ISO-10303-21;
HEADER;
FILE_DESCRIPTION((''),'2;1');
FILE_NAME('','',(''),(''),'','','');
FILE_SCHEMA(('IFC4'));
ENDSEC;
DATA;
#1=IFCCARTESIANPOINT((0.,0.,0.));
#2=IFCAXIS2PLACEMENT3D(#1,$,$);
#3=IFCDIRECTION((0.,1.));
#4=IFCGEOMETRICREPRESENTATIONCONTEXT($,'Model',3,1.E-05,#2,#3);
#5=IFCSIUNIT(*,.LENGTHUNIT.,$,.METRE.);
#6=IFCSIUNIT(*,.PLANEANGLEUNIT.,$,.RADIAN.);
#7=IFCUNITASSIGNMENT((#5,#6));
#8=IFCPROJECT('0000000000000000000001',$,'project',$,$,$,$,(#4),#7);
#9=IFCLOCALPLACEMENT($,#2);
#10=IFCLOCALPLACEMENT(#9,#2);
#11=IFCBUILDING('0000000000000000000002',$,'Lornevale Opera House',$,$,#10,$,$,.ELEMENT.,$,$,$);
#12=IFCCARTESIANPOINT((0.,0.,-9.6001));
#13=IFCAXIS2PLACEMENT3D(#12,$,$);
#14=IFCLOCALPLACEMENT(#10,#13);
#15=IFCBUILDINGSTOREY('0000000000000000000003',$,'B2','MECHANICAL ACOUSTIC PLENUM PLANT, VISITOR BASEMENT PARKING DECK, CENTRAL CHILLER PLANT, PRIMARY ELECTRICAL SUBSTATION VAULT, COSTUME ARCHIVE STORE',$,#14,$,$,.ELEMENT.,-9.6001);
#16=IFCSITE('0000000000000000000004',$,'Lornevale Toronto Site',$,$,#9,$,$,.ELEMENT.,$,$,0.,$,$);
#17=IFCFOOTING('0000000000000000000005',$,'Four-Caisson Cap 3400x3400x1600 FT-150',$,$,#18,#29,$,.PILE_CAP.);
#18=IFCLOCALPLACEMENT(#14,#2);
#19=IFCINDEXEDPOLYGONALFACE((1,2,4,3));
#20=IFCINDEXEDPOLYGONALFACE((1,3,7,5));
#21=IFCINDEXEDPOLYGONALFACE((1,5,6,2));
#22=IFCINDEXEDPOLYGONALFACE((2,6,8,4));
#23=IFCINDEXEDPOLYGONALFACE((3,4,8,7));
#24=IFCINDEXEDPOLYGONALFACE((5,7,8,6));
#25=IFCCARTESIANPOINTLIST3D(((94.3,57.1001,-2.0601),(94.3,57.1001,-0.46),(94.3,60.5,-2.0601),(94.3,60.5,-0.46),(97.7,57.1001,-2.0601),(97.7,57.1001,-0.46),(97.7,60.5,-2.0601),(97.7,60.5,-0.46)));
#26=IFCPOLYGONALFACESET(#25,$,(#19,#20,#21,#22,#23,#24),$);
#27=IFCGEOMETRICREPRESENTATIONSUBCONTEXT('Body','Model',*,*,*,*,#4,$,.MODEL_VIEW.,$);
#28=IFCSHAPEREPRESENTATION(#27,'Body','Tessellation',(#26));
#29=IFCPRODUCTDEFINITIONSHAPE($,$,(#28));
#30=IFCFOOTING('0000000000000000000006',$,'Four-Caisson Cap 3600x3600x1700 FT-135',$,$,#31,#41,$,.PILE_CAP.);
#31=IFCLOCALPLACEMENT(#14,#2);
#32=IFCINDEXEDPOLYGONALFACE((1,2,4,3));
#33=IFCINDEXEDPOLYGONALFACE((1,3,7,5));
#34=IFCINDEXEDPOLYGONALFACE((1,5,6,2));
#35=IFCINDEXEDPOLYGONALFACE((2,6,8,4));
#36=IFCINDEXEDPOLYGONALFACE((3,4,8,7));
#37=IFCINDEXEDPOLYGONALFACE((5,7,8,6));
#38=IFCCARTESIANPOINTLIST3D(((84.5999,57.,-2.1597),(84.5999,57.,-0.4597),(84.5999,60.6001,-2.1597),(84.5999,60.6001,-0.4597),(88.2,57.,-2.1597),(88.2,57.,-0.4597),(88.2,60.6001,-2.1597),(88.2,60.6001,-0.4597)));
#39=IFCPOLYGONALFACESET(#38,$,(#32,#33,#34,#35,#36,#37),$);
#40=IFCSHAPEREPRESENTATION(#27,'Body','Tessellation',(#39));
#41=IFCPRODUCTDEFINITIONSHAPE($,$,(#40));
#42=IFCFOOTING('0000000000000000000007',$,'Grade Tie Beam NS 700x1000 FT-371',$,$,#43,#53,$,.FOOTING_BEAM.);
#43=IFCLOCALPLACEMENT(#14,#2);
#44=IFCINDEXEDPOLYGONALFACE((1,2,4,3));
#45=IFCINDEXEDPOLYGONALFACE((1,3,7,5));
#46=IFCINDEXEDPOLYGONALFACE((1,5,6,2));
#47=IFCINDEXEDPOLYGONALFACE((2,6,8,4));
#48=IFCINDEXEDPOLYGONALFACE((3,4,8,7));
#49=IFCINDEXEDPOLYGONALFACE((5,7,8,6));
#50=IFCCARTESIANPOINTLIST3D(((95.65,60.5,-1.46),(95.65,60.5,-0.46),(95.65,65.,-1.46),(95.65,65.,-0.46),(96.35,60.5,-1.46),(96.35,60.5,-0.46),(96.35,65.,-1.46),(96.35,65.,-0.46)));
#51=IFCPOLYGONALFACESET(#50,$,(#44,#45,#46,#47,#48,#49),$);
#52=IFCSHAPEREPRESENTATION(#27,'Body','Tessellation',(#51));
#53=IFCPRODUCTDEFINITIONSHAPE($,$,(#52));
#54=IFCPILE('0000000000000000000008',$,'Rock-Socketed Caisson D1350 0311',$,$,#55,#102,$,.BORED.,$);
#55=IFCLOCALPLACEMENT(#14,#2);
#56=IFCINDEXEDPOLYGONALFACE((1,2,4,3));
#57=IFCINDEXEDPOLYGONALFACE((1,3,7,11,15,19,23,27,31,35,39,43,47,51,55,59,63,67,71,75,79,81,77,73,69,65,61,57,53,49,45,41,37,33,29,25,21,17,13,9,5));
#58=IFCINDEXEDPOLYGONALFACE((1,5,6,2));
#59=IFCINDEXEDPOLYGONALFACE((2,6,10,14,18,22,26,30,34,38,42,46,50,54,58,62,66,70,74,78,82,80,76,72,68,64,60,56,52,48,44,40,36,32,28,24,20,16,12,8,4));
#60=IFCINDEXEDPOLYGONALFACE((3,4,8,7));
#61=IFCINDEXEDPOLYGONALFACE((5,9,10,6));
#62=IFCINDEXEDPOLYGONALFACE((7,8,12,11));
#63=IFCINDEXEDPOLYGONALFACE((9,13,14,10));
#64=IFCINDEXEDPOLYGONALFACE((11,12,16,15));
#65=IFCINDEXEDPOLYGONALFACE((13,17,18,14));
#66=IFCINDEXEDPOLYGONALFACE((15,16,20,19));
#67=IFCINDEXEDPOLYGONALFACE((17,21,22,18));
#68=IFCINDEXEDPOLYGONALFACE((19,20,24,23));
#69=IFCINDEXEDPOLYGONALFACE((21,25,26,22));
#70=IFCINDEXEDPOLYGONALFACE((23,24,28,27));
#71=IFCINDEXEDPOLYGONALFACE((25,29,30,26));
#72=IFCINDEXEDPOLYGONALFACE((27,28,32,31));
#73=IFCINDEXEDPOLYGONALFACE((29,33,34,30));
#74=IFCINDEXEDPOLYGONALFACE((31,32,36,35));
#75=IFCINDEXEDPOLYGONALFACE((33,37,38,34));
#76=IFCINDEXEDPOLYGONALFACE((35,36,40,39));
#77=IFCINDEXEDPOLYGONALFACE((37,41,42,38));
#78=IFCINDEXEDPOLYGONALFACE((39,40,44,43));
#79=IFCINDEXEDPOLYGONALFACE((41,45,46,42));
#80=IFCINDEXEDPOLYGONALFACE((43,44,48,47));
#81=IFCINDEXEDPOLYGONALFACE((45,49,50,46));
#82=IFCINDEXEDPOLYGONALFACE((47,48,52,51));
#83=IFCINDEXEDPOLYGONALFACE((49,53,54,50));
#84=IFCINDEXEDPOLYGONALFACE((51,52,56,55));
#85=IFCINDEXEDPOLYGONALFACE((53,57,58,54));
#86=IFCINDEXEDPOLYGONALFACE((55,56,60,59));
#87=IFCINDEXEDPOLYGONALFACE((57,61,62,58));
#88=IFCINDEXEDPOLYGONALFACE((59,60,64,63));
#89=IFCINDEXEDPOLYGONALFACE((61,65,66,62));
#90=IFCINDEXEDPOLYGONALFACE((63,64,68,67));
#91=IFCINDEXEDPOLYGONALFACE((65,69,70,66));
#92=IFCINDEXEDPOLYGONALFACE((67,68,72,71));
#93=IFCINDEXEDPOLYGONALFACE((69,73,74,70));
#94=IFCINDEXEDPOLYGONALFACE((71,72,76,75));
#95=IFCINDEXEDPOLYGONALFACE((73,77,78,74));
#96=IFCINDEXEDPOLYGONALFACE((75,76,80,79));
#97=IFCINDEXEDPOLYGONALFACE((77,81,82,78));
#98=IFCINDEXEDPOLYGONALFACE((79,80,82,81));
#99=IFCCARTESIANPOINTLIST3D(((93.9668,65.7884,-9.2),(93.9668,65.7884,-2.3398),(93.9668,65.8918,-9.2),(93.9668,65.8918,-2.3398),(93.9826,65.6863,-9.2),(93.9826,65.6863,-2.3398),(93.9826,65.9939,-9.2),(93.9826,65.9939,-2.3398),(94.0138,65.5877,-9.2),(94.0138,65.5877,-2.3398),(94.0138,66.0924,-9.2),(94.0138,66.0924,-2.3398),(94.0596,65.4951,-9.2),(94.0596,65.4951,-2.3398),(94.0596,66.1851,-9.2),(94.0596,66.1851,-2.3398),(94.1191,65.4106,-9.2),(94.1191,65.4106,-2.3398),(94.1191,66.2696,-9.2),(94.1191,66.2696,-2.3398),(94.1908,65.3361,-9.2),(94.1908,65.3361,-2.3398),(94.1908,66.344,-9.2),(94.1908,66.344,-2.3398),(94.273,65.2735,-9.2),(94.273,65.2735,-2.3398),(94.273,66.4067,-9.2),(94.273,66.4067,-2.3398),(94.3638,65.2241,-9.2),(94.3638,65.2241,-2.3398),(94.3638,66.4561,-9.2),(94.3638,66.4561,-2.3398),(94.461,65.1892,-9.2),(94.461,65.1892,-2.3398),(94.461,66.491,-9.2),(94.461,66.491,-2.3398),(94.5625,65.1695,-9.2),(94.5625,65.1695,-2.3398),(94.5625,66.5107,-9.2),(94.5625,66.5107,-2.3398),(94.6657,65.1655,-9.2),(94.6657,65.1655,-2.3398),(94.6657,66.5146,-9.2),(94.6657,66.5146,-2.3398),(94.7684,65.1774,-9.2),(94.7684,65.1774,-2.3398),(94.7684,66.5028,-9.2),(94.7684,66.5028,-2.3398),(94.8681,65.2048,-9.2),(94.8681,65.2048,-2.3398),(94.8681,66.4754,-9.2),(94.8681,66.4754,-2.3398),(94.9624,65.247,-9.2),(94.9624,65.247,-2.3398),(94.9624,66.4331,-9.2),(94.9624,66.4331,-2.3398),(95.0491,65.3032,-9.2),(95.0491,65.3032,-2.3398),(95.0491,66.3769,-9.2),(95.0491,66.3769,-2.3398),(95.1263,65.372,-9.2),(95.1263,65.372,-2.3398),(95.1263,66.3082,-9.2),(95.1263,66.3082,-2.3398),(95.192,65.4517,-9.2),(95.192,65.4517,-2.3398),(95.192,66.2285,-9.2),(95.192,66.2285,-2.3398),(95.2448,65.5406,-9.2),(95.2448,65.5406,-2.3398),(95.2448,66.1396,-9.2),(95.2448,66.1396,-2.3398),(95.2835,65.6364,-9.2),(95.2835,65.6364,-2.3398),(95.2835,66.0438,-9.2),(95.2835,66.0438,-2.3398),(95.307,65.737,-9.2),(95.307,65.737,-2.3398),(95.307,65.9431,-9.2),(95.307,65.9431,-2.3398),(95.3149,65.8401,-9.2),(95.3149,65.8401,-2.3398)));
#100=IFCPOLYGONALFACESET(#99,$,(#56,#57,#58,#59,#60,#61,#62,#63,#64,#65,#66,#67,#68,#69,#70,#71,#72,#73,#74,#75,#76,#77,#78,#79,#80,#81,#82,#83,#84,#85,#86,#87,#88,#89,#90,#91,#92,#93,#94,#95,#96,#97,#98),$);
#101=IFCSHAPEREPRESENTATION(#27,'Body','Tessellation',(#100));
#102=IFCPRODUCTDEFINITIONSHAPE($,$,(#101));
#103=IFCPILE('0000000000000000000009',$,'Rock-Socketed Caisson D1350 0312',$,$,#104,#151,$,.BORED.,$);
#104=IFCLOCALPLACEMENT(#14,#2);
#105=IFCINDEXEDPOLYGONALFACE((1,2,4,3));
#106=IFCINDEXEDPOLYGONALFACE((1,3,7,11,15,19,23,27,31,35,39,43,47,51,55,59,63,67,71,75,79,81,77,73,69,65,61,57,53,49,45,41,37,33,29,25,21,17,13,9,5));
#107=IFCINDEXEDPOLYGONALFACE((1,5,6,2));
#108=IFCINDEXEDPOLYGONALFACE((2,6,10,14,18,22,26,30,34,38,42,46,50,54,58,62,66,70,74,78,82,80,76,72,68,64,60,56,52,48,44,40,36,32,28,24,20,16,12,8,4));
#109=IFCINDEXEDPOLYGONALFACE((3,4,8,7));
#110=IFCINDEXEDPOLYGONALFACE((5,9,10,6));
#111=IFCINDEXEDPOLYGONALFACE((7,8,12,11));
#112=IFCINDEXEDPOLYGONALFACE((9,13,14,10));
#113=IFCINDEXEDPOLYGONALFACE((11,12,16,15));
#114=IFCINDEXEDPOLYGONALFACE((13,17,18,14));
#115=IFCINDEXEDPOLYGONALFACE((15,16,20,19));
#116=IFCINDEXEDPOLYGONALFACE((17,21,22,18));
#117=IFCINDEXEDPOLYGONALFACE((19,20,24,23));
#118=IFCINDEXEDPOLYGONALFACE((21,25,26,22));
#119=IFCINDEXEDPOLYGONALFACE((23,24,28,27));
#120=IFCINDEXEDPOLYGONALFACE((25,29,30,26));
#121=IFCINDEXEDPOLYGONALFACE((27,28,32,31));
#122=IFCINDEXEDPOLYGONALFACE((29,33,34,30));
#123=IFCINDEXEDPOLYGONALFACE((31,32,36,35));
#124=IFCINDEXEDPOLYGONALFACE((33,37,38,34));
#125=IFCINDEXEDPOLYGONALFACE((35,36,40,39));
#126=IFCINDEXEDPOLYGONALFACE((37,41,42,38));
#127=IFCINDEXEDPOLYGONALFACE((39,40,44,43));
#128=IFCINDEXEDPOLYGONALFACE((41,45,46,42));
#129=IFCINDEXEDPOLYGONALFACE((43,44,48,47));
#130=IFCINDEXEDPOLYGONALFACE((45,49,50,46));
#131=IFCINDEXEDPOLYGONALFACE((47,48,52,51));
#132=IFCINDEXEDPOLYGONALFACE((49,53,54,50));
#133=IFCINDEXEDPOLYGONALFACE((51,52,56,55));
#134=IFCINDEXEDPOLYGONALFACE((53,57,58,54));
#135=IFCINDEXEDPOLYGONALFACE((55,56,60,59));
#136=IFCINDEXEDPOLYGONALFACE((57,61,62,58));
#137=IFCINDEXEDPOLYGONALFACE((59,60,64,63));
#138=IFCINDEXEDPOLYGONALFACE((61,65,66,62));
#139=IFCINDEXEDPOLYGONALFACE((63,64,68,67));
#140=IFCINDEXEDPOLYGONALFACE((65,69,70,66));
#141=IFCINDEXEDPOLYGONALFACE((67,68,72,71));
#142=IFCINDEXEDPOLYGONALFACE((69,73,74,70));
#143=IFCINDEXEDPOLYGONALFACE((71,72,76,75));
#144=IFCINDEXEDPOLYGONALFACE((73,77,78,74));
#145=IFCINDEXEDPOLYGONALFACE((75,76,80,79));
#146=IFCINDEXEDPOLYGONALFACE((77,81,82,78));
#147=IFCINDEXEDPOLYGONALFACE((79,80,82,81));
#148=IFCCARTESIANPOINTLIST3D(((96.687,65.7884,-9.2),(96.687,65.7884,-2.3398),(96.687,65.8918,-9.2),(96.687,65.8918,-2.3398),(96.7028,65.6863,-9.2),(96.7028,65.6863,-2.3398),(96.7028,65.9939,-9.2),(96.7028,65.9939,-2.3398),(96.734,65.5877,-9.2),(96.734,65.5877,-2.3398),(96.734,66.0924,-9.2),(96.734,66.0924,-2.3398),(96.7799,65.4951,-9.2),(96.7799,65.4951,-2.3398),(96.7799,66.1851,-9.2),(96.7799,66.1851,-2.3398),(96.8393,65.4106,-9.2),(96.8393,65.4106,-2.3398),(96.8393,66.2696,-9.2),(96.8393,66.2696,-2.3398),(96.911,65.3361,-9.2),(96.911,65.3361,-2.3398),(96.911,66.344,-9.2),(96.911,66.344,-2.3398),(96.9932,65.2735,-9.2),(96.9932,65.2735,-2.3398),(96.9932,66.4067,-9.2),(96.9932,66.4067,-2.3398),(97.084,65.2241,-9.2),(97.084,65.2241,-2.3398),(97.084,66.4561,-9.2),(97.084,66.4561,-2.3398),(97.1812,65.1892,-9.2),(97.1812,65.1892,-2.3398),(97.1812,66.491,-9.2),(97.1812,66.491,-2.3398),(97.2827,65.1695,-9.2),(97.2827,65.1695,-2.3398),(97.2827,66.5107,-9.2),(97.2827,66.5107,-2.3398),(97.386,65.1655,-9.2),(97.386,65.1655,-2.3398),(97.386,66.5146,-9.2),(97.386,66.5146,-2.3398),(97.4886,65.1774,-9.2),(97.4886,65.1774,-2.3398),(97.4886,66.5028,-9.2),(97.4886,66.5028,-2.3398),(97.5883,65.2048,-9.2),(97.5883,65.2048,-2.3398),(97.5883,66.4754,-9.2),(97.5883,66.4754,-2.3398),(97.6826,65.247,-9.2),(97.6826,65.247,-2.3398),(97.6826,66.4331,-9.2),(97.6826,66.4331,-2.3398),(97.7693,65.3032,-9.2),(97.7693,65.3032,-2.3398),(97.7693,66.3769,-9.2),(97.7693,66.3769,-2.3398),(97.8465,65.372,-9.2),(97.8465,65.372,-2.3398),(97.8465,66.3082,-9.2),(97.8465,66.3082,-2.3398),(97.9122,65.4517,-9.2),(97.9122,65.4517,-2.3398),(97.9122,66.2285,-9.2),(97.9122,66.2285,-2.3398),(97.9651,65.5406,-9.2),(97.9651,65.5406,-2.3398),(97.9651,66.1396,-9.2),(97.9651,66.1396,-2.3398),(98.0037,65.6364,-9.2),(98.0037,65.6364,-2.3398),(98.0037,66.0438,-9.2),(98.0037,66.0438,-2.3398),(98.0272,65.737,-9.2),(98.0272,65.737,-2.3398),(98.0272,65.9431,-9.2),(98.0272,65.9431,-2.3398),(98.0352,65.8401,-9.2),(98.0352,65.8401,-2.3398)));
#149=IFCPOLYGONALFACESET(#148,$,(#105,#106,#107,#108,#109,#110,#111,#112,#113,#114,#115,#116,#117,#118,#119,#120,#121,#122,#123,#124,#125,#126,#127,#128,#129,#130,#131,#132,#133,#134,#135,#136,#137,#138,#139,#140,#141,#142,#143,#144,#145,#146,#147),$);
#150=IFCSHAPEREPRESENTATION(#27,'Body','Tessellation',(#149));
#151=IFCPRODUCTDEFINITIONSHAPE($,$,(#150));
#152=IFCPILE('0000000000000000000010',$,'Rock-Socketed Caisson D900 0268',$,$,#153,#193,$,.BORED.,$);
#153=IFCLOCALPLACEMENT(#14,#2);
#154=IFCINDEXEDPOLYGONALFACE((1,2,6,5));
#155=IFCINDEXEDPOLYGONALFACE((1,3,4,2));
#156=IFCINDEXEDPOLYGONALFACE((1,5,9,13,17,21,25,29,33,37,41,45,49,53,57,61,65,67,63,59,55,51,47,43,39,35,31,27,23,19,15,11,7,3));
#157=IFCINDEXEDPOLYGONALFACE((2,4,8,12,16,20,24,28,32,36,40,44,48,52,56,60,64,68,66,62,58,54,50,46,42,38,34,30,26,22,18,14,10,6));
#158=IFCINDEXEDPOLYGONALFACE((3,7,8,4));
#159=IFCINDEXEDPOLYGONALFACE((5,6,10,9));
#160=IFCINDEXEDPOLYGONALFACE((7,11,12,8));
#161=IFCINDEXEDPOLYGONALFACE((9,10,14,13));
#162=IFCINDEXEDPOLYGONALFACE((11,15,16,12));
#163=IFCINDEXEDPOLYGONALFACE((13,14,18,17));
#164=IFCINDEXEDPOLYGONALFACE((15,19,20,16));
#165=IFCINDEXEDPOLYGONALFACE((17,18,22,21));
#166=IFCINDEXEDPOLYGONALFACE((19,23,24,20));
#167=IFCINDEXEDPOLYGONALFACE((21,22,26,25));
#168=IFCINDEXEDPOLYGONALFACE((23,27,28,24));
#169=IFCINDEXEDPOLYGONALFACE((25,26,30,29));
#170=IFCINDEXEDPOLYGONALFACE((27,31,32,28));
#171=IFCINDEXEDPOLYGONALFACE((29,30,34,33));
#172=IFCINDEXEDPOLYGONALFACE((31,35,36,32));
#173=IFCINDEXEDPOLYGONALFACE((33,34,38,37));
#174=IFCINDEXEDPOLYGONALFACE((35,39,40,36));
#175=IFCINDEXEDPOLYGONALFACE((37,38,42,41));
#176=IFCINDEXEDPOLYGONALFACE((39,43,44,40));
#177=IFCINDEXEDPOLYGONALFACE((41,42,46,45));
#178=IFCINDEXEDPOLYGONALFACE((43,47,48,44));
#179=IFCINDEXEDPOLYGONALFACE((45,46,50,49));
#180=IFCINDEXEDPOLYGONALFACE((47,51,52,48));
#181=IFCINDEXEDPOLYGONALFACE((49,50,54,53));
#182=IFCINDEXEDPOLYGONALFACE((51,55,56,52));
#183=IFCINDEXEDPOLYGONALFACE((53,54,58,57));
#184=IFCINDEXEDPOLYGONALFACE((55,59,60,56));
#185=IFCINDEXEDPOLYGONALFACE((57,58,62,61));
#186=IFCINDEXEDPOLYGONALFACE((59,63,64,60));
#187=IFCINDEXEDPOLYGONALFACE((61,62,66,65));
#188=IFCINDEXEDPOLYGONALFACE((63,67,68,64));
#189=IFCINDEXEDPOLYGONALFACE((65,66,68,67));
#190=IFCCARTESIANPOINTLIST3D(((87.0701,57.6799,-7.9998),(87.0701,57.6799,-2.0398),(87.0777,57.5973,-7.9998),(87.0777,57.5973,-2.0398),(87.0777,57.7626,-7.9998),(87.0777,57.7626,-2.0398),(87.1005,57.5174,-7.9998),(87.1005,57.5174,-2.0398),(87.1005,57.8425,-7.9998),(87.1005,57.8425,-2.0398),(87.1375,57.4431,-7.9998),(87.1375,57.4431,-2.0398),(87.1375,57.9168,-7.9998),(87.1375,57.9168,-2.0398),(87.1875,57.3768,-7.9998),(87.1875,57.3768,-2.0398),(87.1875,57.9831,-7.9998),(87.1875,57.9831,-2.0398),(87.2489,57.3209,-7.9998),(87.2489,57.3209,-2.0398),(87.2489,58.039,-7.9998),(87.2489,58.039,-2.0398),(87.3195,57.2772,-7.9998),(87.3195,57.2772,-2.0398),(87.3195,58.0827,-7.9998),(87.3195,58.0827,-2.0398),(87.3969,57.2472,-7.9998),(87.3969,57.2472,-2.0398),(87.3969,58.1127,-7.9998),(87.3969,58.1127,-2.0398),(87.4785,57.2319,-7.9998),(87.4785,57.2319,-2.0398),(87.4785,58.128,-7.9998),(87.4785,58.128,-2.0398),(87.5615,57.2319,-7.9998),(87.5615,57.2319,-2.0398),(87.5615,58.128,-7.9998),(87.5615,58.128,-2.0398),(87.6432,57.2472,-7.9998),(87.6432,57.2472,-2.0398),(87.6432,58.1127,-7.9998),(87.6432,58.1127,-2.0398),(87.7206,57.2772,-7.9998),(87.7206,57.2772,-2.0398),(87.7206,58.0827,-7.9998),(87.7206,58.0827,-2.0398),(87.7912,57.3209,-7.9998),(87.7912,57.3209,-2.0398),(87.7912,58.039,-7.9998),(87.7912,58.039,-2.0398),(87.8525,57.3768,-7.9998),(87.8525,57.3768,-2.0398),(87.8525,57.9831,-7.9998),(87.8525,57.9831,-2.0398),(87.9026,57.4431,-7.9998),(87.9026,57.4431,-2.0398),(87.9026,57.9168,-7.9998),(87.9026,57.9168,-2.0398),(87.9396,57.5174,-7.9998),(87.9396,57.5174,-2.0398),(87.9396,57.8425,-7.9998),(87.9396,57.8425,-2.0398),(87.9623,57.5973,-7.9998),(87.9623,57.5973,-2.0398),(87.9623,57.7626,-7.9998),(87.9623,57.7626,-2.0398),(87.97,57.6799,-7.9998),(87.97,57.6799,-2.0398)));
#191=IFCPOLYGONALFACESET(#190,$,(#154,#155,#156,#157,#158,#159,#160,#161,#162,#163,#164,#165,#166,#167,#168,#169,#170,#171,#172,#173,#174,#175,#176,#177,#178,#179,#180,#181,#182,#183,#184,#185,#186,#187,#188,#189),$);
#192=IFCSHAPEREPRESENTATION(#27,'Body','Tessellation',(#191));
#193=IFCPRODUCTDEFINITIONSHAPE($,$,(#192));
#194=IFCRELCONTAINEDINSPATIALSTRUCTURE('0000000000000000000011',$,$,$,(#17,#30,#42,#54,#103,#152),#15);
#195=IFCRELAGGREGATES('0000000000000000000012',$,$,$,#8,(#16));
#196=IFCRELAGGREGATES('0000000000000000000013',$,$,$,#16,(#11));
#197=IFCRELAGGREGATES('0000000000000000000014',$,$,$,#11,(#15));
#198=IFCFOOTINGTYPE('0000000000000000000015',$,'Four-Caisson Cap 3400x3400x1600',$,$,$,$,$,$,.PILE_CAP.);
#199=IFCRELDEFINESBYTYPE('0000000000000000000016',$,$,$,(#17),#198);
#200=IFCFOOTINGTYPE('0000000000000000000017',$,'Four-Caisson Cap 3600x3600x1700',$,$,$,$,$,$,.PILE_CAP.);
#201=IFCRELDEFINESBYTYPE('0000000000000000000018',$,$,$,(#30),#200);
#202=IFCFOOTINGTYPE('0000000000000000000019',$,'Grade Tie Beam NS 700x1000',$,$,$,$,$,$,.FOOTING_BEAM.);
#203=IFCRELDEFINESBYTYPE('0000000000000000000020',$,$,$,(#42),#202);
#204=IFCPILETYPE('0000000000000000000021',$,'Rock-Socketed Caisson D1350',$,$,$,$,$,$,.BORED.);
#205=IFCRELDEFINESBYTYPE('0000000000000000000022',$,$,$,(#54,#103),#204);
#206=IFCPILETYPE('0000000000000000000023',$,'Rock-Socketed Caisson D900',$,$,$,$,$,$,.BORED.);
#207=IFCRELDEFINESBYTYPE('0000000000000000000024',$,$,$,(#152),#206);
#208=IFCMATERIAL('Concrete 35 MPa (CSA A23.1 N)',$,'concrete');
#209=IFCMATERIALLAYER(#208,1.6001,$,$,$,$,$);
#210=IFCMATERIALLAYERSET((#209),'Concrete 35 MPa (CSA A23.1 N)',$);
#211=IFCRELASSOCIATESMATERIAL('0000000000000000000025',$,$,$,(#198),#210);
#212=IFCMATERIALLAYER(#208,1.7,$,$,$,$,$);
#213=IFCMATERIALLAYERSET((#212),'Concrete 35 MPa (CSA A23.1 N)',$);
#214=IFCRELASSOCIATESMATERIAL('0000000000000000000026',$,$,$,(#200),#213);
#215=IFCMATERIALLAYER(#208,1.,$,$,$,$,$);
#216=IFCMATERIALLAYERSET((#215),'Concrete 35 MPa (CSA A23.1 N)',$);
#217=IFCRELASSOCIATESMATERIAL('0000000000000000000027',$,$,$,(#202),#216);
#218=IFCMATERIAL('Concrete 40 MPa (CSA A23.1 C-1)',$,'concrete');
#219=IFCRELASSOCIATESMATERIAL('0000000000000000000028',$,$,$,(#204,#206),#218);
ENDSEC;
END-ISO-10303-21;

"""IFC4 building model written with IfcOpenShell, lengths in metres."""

from ifc_helpers import new_model, si_unit, direction, frame, origin, origin_2d, place, context, subcontext, project, spatial, rectangle, circle, extrude, material, layer, layer_set, material_profile, profile_set, type_object, element, save


model = new_model("IFC4")

# Units and contexts
model_context = context("Model", 3, precision=1e-05, world=origin(), true_north=direction((0.0, 1.0)))
body_context = subcontext(model_context, "Body", "Model", "MODEL_VIEW")
ifc_project = project(units=[si_unit("LENGTHUNIT", "METRE"), si_unit("PLANEANGLEUNIT", "RADIAN")], contexts=[model_context])

# Site, building, storey
site_placement = place(None, origin())
site = spatial("IfcSite", under=ifc_project, at=site_placement, Name="Lornevale Toronto Site", CompositionType="ELEMENT", RefElevation=0.0)
building_placement = place(site_placement, origin())
building = spatial("IfcBuilding", under=site, at=building_placement, Name="Lornevale Opera House", CompositionType="ELEMENT")
storey_placement = place(building_placement, frame((0.0, 0.0, -9.6001)))
storey = spatial("IfcBuildingStorey", under=building, at=storey_placement, Name="B2", Description="MECHANICAL ACOUSTIC PLENUM PLANT, VISITOR BASEMENT PARKING DECK, CENTRAL CHILLER PLANT, PRIMARY ELECTRICAL SUBSTATION VAULT, COSTUME ARCHIVE STORE", CompositionType="ELEMENT", Elevation=-9.6001)

# Footings
ifc_material_1 = material(Name="Concrete 35 MPa (CSA A23.1 N)", Category="concrete")
ifc_layer_1 = layer(ifc_material_1, 1.6001)
ifc_layer_set_1 = layer_set([ifc_layer_1], Name="Concrete 35 MPa (CSA A23.1 N)")
footing_type_1 = type_object("IfcFootingType", Name="Four-Caisson Cap 3400x3400x1600", PredefinedType="PILE_CAP", material=ifc_layer_set_1)
footing_1_placement = place(storey_placement, frame((96.0, 58.8, -2.0601), z_axis=(0.0, 0.0, 1.0), x_axis=(1.0, 0.0, 0.0)))
element("IfcFooting", 1, at=footing_1_placement, inside=storey, type_object=footing_type_1, Name="Four-Caisson Cap 3400x3400x1600 FT-150", PredefinedType="PILE_CAP", context=body_context, shape_type="SweptSolid", body=[
    extrude(rectangle(XDim=3.3999, YDim=3.3999, at=origin_2d()), origin(), (0.0, 0.0, 1.0), 1.6001),
])
ifc_layer_2 = layer(ifc_material_1, 1.7)
ifc_layer_set_2 = layer_set([ifc_layer_2], Name="Concrete 35 MPa (CSA A23.1 N)")
footing_type_2 = type_object("IfcFootingType", Name="Four-Caisson Cap 3600x3600x1700", PredefinedType="PILE_CAP", material=ifc_layer_set_2)
footing_2_placement = place(storey_placement, frame((86.3999, 58.8, -2.1597), z_axis=(0.0, 0.0, 1.0), x_axis=(1.0, 0.0, 0.0)))
element("IfcFooting", 2, at=footing_2_placement, inside=storey, type_object=footing_type_2, Name="Four-Caisson Cap 3600x3600x1700 FT-135", PredefinedType="PILE_CAP", context=body_context, shape_type="SweptSolid", body=[
    extrude(rectangle(XDim=3.6001, YDim=3.6001, at=origin_2d()), origin(), (0.0, 0.0, 1.0), 1.7),
])
ifc_layer_3 = layer(ifc_material_1, 1.0)
ifc_layer_set_3 = layer_set([ifc_layer_3], Name="Concrete 35 MPa (CSA A23.1 N)")
footing_type_3 = type_object("IfcFootingType", Name="Grade Tie Beam NS 700x1000", PredefinedType="FOOTING_BEAM", material=ifc_layer_set_3)
footing_3_placement = place(storey_placement, frame((96.0, 62.75, -1.46), z_axis=(0.0, 0.0, 1.0), x_axis=(1.0, 0.0, 0.0)))
element("IfcFooting", 3, at=footing_3_placement, inside=storey, type_object=footing_type_3, Name="Grade Tie Beam NS 700x1000 FT-371", PredefinedType="FOOTING_BEAM", context=body_context, shape_type="SweptSolid", body=[
    extrude(rectangle(XDim=0.7, YDim=4.5, at=origin_2d()), origin(), (0.0, 0.0, 1.0), 1.0),
])

# Piles
ifc_material_2 = material(Name="Concrete 40 MPa (CSA A23.1 C-1)", Category="concrete")
ifc_material_profile_1 = material_profile(ifc_material_2, circle(Radius=0.675, at=origin_2d()), Name="CAIS1350")
ifc_profile_set_1 = profile_set([ifc_material_profile_1], Name="Concrete 40 MPa (CSA A23.1 C-1)")
pile_type_1 = type_object("IfcPileType", Name="Rock-Socketed Caisson D1350", PredefinedType="BORED", material=ifc_profile_set_1)
for number, where, z_axis, x_axis, name in (
    (4, (94.6399, 65.8401, -2.3398), (0.0, 0.0, -1.0), (1.0, 0.0, 0.0), "Rock-Socketed Caisson D1350 0311"),
    (5, (97.3601, 65.8401, -2.3398), (0.0, 0.0, -1.0), (1.0, 0.0, 0.0), "Rock-Socketed Caisson D1350 0312"),
):
    element("IfcPile", number, at=place(storey_placement, frame(where, z_axis=z_axis, x_axis=x_axis)), inside=storey, type_object=pile_type_1, Name=name, PredefinedType="BORED", context=body_context, shape_type="SweptSolid", body=[
        extrude(circle(Radius=0.675, at=origin_2d()), origin(), (0.0, 0.0, 1.0), 6.8601),
    ])
ifc_material_profile_2 = material_profile(ifc_material_2, circle(Radius=0.45, at=origin_2d()), Name="CAIS900")
ifc_profile_set_2 = profile_set([ifc_material_profile_2], Name="Concrete 40 MPa (CSA A23.1 C-1)")
pile_type_2 = type_object("IfcPileType", Name="Rock-Socketed Caisson D900", PredefinedType="BORED", material=ifc_profile_set_2)
for number, where, z_axis, x_axis, name in (
    (6, (87.52, 57.6799, -2.0398), (0.0, 0.0, -1.0), (1.0, 0.0, 0.0), "Rock-Socketed Caisson D900 0268"),
):
    element("IfcPile", number, at=place(storey_placement, frame(where, z_axis=z_axis, x_axis=x_axis)), inside=storey, type_object=pile_type_2, Name=name, PredefinedType="BORED", context=body_context, shape_type="SweptSolid", body=[
        extrude(circle(Radius=0.45, at=origin_2d()), origin(), (0.0, 0.0, 1.0), 5.96),
    ])

save(model, "model.ifc")
